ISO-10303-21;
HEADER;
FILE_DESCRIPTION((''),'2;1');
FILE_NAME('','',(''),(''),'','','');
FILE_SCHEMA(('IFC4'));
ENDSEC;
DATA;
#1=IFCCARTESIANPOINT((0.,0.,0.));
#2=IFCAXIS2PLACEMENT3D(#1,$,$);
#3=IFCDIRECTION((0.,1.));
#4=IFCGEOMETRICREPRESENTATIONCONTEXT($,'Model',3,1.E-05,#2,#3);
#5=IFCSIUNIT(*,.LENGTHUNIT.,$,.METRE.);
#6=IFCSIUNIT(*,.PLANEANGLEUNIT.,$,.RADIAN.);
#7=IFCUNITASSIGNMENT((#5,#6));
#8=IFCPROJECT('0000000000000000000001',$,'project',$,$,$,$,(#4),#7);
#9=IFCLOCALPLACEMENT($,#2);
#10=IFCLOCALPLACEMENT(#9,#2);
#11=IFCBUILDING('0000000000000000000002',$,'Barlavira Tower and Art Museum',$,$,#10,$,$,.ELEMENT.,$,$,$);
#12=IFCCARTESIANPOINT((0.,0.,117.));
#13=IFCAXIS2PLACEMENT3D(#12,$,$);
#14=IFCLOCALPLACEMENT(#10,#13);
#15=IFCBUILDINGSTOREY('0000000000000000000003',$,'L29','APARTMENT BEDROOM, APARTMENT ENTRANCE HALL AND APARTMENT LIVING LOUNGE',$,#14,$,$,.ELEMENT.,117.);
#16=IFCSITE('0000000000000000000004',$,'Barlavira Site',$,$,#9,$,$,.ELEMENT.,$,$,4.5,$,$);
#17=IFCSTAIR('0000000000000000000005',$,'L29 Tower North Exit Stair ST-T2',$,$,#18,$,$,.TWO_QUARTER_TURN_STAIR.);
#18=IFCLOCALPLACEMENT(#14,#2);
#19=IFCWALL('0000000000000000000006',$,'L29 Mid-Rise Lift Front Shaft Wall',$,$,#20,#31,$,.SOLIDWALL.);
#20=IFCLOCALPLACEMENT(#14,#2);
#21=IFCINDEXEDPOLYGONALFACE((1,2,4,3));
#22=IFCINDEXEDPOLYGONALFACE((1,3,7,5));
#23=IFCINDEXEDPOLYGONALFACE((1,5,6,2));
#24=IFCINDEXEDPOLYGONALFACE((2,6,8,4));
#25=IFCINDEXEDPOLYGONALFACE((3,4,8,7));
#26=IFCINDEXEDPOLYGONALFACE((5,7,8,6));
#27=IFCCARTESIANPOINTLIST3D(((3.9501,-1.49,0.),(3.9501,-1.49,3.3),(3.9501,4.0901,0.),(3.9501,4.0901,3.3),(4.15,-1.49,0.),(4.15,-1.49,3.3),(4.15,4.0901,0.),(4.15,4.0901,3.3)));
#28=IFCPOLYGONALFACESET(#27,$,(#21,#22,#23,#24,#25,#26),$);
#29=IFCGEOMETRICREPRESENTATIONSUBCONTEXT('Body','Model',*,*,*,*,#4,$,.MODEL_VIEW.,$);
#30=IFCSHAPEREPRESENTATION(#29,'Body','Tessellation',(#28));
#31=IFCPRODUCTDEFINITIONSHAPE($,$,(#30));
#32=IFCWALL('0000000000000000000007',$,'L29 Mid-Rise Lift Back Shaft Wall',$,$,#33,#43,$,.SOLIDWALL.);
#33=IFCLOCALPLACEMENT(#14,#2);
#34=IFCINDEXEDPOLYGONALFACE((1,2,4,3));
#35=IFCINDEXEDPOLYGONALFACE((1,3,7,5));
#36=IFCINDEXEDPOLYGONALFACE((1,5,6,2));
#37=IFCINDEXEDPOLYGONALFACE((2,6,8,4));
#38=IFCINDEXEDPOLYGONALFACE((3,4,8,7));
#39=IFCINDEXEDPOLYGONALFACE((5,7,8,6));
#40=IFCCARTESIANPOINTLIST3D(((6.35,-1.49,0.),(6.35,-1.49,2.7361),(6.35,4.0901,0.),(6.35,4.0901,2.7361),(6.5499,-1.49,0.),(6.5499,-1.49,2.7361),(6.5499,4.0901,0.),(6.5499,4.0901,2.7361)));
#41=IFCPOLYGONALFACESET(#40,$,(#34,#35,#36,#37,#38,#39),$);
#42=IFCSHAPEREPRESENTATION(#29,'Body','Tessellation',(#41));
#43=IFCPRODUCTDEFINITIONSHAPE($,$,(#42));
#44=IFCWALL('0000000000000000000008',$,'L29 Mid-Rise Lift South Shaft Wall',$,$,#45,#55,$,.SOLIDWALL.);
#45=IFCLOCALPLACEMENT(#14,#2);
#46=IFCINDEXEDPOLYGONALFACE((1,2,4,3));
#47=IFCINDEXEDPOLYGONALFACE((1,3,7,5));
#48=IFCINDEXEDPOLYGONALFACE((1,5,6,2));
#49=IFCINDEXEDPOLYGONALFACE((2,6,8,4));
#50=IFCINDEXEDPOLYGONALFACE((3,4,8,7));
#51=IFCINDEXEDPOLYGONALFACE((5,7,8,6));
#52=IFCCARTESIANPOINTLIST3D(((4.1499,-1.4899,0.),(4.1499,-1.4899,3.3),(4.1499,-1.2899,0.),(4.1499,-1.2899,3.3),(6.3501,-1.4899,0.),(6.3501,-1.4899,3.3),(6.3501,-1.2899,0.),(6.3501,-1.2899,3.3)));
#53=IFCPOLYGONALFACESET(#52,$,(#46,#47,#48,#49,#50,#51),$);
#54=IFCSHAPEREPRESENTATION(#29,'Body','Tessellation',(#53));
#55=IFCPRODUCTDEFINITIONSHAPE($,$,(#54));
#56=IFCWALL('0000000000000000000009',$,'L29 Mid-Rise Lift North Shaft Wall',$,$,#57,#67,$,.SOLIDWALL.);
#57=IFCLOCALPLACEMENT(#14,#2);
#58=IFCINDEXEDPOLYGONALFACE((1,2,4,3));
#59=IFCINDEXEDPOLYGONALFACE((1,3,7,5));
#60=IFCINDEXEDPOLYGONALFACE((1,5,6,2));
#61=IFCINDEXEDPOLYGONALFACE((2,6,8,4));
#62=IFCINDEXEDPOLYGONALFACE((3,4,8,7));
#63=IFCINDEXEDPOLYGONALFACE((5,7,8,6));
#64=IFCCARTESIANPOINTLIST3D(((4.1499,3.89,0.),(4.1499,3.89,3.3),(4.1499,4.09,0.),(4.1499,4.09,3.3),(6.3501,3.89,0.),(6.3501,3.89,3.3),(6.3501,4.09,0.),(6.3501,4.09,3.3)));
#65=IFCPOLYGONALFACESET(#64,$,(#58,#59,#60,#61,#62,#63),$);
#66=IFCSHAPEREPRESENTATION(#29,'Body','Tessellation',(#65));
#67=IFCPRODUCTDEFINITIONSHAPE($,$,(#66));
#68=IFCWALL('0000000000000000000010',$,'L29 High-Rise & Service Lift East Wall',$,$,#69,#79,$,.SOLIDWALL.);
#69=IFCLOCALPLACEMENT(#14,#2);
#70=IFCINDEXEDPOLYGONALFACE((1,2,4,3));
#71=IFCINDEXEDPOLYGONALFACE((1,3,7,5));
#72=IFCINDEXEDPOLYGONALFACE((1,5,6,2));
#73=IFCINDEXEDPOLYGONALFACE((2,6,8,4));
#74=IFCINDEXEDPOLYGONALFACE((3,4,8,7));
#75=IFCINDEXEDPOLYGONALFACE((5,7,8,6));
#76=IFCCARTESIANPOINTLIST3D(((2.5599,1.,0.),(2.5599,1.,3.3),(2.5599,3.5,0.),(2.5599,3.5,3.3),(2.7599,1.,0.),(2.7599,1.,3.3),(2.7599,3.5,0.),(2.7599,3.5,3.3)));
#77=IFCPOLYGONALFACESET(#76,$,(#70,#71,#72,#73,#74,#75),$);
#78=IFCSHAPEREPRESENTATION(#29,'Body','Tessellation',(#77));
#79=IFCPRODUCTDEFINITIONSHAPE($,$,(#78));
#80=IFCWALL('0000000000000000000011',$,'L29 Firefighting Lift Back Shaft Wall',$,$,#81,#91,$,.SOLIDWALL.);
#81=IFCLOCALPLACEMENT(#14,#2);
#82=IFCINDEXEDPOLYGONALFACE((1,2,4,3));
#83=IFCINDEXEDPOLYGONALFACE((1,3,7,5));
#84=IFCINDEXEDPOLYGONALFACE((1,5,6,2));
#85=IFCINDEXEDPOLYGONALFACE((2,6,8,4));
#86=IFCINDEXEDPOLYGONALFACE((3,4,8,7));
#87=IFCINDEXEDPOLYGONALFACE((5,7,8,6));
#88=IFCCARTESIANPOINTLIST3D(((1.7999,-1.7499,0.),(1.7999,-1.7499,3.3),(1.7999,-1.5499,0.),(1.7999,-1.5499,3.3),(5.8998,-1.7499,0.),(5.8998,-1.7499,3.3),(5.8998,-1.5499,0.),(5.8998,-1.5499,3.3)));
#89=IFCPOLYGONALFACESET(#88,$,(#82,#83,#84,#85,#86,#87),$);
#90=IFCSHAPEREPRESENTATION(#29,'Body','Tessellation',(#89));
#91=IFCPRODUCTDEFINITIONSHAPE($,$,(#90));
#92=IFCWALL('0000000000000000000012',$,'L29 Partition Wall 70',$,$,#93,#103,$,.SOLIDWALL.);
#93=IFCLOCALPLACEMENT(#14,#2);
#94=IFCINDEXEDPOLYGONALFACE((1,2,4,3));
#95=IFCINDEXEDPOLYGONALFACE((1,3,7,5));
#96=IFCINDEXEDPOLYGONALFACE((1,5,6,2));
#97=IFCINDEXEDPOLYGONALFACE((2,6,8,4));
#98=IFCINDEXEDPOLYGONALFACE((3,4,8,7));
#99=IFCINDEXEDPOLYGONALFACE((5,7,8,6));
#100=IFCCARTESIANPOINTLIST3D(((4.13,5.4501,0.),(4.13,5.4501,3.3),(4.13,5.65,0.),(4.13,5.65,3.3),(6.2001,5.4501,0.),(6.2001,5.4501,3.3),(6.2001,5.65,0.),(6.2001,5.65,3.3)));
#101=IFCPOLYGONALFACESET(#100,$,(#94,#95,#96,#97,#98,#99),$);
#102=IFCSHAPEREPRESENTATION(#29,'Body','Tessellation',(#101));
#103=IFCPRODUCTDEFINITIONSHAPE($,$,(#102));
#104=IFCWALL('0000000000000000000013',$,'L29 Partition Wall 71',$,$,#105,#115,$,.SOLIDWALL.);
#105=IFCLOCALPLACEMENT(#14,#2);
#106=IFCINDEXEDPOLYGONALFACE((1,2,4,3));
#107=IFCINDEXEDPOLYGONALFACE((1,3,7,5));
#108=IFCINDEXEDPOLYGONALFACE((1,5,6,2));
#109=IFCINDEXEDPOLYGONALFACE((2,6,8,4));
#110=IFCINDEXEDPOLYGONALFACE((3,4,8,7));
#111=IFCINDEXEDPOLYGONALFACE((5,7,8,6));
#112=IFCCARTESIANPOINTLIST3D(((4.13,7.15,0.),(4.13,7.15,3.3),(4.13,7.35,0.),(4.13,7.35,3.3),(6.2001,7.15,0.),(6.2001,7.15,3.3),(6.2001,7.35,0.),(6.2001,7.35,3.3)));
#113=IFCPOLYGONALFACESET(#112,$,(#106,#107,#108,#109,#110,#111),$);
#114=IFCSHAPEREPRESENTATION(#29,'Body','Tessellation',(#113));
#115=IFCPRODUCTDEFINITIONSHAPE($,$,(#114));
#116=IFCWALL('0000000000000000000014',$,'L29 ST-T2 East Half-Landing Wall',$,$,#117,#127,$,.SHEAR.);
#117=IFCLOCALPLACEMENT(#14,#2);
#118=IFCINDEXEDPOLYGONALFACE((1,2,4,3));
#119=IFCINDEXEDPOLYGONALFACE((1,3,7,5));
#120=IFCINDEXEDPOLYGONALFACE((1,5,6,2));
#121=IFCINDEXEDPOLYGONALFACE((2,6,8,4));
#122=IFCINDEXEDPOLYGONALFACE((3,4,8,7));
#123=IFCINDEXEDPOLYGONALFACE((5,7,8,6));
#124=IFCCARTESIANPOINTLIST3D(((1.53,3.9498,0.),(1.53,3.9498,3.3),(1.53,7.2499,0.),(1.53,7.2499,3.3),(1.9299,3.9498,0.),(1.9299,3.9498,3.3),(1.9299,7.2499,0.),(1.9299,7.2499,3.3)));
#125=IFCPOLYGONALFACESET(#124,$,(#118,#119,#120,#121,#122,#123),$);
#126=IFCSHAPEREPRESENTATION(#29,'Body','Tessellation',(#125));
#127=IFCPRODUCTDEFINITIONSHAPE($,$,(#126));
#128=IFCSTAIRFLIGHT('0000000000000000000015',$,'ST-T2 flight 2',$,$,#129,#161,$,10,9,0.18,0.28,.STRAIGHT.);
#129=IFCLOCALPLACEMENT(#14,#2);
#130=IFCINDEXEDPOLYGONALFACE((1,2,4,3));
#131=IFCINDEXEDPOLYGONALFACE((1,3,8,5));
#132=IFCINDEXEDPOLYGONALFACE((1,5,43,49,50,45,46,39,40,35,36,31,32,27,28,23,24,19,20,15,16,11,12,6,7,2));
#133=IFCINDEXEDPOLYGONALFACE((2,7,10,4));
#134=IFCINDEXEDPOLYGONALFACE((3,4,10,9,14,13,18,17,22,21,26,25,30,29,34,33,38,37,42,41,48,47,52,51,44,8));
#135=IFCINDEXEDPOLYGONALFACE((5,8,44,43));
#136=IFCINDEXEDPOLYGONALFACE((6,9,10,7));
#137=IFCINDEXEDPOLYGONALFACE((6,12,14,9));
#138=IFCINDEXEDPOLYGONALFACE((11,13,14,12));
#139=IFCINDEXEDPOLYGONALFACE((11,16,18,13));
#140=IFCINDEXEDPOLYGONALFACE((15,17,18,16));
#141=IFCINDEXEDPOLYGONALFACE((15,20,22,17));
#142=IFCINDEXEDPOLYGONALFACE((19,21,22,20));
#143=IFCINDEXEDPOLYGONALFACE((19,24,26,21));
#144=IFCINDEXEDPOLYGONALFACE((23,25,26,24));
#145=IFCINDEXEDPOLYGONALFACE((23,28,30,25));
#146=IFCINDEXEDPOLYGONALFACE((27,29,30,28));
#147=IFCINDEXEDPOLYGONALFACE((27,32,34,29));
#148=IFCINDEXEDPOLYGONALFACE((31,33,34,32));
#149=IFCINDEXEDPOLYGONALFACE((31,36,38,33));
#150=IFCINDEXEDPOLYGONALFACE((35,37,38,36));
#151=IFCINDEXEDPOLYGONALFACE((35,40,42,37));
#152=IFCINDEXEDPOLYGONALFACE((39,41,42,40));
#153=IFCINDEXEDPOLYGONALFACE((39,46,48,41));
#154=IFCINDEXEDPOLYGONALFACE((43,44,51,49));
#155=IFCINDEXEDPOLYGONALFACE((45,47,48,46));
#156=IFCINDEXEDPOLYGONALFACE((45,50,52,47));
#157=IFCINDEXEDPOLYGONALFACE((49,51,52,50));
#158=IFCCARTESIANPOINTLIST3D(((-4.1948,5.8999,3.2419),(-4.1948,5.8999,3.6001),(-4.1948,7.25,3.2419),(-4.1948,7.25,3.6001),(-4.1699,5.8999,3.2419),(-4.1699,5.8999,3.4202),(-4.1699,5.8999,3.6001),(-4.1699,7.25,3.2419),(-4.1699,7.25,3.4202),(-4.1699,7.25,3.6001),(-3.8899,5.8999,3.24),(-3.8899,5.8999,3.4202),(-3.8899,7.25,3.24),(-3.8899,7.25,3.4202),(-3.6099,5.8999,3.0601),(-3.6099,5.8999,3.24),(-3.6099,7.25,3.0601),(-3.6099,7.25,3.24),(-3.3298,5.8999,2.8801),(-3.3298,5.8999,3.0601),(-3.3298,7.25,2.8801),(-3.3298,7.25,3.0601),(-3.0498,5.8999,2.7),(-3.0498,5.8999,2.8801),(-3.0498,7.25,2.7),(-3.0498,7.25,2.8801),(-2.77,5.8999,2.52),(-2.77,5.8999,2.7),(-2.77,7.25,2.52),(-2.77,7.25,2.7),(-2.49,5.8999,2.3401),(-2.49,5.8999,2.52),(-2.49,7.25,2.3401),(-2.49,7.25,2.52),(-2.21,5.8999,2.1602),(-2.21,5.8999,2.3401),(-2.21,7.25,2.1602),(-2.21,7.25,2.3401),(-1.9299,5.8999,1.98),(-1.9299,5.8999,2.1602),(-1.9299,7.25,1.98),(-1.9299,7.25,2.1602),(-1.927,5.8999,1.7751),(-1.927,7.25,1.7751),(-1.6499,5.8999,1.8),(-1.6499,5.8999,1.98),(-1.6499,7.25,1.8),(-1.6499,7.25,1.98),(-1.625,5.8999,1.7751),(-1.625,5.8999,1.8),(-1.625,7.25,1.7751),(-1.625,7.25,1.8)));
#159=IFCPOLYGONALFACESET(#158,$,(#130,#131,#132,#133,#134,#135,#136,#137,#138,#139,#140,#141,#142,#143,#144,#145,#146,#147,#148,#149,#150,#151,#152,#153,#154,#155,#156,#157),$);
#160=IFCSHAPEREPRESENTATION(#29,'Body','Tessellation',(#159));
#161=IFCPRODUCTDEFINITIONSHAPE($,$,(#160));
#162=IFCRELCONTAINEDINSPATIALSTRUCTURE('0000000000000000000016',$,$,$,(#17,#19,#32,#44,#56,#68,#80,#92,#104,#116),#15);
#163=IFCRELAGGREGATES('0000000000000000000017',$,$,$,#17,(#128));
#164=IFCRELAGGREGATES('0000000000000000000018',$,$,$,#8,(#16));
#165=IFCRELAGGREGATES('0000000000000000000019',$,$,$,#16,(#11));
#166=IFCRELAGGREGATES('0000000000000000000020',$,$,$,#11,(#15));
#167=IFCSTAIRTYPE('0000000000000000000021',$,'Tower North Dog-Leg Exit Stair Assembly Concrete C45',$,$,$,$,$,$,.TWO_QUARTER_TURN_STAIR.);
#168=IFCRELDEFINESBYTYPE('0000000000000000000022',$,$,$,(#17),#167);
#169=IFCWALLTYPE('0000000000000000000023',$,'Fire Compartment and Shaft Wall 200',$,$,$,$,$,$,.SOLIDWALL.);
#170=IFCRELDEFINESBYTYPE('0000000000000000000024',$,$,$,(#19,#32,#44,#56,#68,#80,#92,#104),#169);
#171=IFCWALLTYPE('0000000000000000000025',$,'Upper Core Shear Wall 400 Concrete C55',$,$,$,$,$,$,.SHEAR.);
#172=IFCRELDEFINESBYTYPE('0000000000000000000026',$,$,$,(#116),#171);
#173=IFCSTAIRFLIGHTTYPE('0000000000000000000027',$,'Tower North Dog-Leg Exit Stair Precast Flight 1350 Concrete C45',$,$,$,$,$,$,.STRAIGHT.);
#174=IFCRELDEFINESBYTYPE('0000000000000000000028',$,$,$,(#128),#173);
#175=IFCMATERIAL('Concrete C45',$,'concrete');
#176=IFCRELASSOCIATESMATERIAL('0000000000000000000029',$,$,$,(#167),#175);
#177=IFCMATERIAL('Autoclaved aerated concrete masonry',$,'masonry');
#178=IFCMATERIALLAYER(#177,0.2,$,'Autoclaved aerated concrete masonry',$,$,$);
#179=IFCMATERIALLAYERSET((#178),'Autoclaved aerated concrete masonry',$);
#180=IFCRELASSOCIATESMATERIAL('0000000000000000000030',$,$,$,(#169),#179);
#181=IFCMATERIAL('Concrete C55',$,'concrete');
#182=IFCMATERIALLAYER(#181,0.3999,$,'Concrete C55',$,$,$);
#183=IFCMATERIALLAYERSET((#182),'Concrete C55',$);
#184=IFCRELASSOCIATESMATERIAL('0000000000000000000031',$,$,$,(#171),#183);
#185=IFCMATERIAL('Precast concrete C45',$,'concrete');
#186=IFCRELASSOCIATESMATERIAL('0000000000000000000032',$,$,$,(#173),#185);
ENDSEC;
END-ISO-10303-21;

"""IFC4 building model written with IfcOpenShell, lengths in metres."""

from ifc_helpers import new_model, si_unit, direction, frame, frame_2d, origin, place, context, subcontext, project, spatial, polyline, rectangle, outline, extrude, material, layer, layer_set, type_object, element, aggregate, save


model = new_model("IFC4")

# Units and contexts
model_context = context("Model", 3, precision=1e-05, world=origin(), true_north=direction((0.0, 1.0)))
body_context = subcontext(model_context, "Body", "Model", "MODEL_VIEW")
ifc_project = project(units=[si_unit("LENGTHUNIT", "METRE"), si_unit("PLANEANGLEUNIT", "RADIAN")], contexts=[model_context])

# Site, building, storey
site_placement = place(None, origin())
site = spatial("IfcSite", under=ifc_project, at=site_placement, Name="Barlavira Site", CompositionType="ELEMENT", RefElevation=4.5)
building_placement = place(site_placement, origin())
building = spatial("IfcBuilding", under=site, at=building_placement, Name="Barlavira Tower and Art Museum", CompositionType="ELEMENT")
storey_placement = place(building_placement, frame((0.0, 0.0, 117.0)))
storey = spatial("IfcBuildingStorey", under=building, at=storey_placement, Name="L29", Description="APARTMENT BEDROOM, APARTMENT ENTRANCE HALL AND APARTMENT LIVING LOUNGE", CompositionType="ELEMENT", Elevation=117.0)

# Stair
ifc_material_1 = material(Name="Concrete C45", Category="concrete")
stair_type_1 = type_object("IfcStairType", Name="Tower North Dog-Leg Exit Stair Assembly Concrete C45", PredefinedType="TWO_QUARTER_TURN_STAIR", material=ifc_material_1)
stair_1_placement = place(storey_placement, origin())
stair_1 = element("IfcStair", 1, at=stair_1_placement, inside=storey, type_object=stair_type_1, Name="L29 Tower North Exit Stair ST-T2", PredefinedType="TWO_QUARTER_TURN_STAIR")

# Walls
ifc_material_2 = material(Name="Autoclaved aerated concrete masonry", Category="masonry")
ifc_layer_1 = layer(ifc_material_2, 0.2, Name="Autoclaved aerated concrete masonry")
ifc_layer_set_1 = layer_set([ifc_layer_1], Name="Autoclaved aerated concrete masonry")
wall_type_1 = type_object("IfcWallType", Name="Fire Compartment and Shaft Wall 200", PredefinedType="SOLIDWALL", material=ifc_layer_set_1)
wall_1_placement = place(storey_placement, frame((4.05, -1.49, 0.0), z_axis=(0.0, 0.0, 1.0), x_axis=(0.0, 1.0, 0.0)))
element("IfcWall", 2, at=wall_1_placement, inside=storey, type_object=wall_type_1, Name="L29 Mid-Rise Lift Front Shaft Wall", PredefinedType="SOLIDWALL", context=body_context, shape_type="SweptSolid", body=[
    extrude(rectangle(XDim=5.5801, YDim=0.2, at=frame_2d((2.79, 0.0))), origin(), (0.0, 0.0, 1.0), 3.3),
])
wall_2_placement = place(storey_placement, frame((6.45, -1.49, 0.0), z_axis=(0.0, 0.0, 1.0), x_axis=(0.0, 1.0, 0.0)))
element("IfcWall", 3, at=wall_2_placement, inside=storey, type_object=wall_type_1, Name="L29 Mid-Rise Lift Back Shaft Wall", PredefinedType="SOLIDWALL", context=body_context, shape_type="SweptSolid", body=[
    extrude(rectangle(XDim=5.5801, YDim=0.2, at=frame_2d((2.79, 0.0))), origin(), (0.0, 0.0, 1.0), 2.7361),
])
for number, where, z_axis, x_axis, name in (
    (4, (4.1499, -1.3899, 0.0), (0.0, 0.0, 1.0), (1.0, 0.0, 0.0), "L29 Mid-Rise Lift South Shaft Wall"),
    (5, (4.1499, 3.99, 0.0), (0.0, 0.0, 1.0), (1.0, 0.0, 0.0), "L29 Mid-Rise Lift North Shaft Wall"),
):
    element("IfcWall", number, at=place(storey_placement, frame(where, z_axis=z_axis, x_axis=x_axis)), inside=storey, type_object=wall_type_1, Name=name, PredefinedType="SOLIDWALL", context=body_context, shape_type="SweptSolid", body=[
        extrude(rectangle(XDim=2.2002, YDim=0.2, at=frame_2d((1.1001, 0.0))), origin(), (0.0, 0.0, 1.0), 3.3),
    ])
wall_3_placement = place(storey_placement, frame((2.6599, 1.0, 0.0), z_axis=(0.0, 0.0, 1.0), x_axis=(0.0, 1.0, 0.0)))
element("IfcWall", 6, at=wall_3_placement, inside=storey, type_object=wall_type_1, Name="L29 High-Rise & Service Lift East Wall", PredefinedType="SOLIDWALL", context=body_context, shape_type="SweptSolid", body=[
    extrude(rectangle(XDim=2.5, YDim=0.2, at=frame_2d((1.25, 0.0))), origin(), (0.0, 0.0, 1.0), 3.3),
])
wall_4_placement = place(storey_placement, frame((1.8, -1.6499, 0.0), z_axis=(0.0, 0.0, 1.0), x_axis=(1.0, 0.0, 0.0)))
element("IfcWall", 7, at=wall_4_placement, inside=storey, type_object=wall_type_1, Name="L29 Firefighting Lift Back Shaft Wall", PredefinedType="SOLIDWALL", context=body_context, shape_type="SweptSolid", body=[
    extrude(rectangle(XDim=4.0999, YDim=0.2, at=frame_2d((2.0498, 0.0))), origin(), (0.0, 0.0, 1.0), 3.3),
])

# Walls
for number, where, z_axis, x_axis, name in (
    (8, (4.1299, 5.55, 0.0), (0.0, 0.0, 1.0), (1.0, 0.0, 0.0), "L29 Partition Wall 70"),
    (9, (4.1299, 7.25, 0.0), (0.0, 0.0, 1.0), (1.0, 0.0, 0.0), "L29 Partition Wall 71"),
):
    element("IfcWall", number, at=place(storey_placement, frame(where, z_axis=z_axis, x_axis=x_axis)), inside=storey, type_object=wall_type_1, Name=name, PredefinedType="SOLIDWALL", context=body_context, shape_type="SweptSolid", body=[
        extrude(rectangle(XDim=2.0701, YDim=0.2, at=frame_2d((1.0352, 0.0))), origin(), (0.0, 0.0, 1.0), 3.3),
    ])
ifc_material_3 = material(Name="Concrete C55", Category="concrete")
ifc_layer_2 = layer(ifc_material_3, 0.3999, Name="Concrete C55")
ifc_layer_set_2 = layer_set([ifc_layer_2], Name="Concrete C55")
wall_type_2 = type_object("IfcWallType", Name="Upper Core Shear Wall 400 Concrete C55", PredefinedType="SHEAR", material=ifc_layer_set_2)
wall_5_placement = place(storey_placement, frame((1.73, 3.95, 0.0), z_axis=(0.0, 0.0, 1.0), x_axis=(0.0, 1.0, 0.0)))
element("IfcWall", 10, at=wall_5_placement, inside=storey, type_object=wall_type_2, Name="L29 ST-T2 East Half-Landing Wall", PredefinedType="SHEAR", context=body_context, shape_type="SweptSolid", body=[
    extrude(rectangle(XDim=3.3, YDim=0.3999, at=frame_2d((1.6499, 0.0))), origin(), (0.0, 0.0, 1.0), 3.3),
])

# Stair flight
ifc_material_4 = material(Name="Precast concrete C45", Category="concrete")
stair_flight_type = type_object("IfcStairFlightType", Name="Tower North Dog-Leg Exit Stair Precast Flight 1350 Concrete C45", PredefinedType="STRAIGHT", material=ifc_material_4)
stair_flight_placement = place(storey_placement, frame((-1.6499, 6.575, 1.8), z_axis=(0.0, 0.0, 1.0), x_axis=(-1.0, 0.0, 0.0)))
stair_flight = element("IfcStairFlight", 11, at=stair_flight_placement, type_object=stair_flight_type, Name="ST-T2 flight 2", NumberOfRisers=10, NumberOfTreads=9, PredefinedType="STRAIGHT", RiserHeight=0.18, TreadLength=0.28, context=body_context, shape_type="SweptSolid", body=[
    extrude(outline(polyline([(-0.0249, 0.0), (0.0, 0.0), (0.0, 0.1799), (0.28, 0.1799), (0.28, 0.3601), (0.5601, 0.3601), (0.5601, 0.54), (0.8401, 0.54), (0.8401, 0.72), (1.1201, 0.72), (1.1201, 0.8999), (1.3999, 0.8999), (1.3999, 1.0801), (1.6799, 1.0801), (1.6799, 1.26), (1.96, 1.26), (1.96, 1.4399), (2.24, 1.4399), (2.24, 1.6201), (2.52, 1.6201), (2.52, 1.8), (2.5449, 1.8), (2.5449, 1.4419), (2.52, 1.4419), (0.2771, -0.0249), (-0.0249, -0.0249), (-0.0249, 0.0)])), frame((0.0, 0.675, 0.0), z_axis=(0.0, -1.0, 0.0), x_axis=(1.0, 0.0, 0.0)), (0.0, 0.0, 1.0), 1.3501),
])
aggregate(stair_1, [stair_flight])

save(model, "model.ifc")
